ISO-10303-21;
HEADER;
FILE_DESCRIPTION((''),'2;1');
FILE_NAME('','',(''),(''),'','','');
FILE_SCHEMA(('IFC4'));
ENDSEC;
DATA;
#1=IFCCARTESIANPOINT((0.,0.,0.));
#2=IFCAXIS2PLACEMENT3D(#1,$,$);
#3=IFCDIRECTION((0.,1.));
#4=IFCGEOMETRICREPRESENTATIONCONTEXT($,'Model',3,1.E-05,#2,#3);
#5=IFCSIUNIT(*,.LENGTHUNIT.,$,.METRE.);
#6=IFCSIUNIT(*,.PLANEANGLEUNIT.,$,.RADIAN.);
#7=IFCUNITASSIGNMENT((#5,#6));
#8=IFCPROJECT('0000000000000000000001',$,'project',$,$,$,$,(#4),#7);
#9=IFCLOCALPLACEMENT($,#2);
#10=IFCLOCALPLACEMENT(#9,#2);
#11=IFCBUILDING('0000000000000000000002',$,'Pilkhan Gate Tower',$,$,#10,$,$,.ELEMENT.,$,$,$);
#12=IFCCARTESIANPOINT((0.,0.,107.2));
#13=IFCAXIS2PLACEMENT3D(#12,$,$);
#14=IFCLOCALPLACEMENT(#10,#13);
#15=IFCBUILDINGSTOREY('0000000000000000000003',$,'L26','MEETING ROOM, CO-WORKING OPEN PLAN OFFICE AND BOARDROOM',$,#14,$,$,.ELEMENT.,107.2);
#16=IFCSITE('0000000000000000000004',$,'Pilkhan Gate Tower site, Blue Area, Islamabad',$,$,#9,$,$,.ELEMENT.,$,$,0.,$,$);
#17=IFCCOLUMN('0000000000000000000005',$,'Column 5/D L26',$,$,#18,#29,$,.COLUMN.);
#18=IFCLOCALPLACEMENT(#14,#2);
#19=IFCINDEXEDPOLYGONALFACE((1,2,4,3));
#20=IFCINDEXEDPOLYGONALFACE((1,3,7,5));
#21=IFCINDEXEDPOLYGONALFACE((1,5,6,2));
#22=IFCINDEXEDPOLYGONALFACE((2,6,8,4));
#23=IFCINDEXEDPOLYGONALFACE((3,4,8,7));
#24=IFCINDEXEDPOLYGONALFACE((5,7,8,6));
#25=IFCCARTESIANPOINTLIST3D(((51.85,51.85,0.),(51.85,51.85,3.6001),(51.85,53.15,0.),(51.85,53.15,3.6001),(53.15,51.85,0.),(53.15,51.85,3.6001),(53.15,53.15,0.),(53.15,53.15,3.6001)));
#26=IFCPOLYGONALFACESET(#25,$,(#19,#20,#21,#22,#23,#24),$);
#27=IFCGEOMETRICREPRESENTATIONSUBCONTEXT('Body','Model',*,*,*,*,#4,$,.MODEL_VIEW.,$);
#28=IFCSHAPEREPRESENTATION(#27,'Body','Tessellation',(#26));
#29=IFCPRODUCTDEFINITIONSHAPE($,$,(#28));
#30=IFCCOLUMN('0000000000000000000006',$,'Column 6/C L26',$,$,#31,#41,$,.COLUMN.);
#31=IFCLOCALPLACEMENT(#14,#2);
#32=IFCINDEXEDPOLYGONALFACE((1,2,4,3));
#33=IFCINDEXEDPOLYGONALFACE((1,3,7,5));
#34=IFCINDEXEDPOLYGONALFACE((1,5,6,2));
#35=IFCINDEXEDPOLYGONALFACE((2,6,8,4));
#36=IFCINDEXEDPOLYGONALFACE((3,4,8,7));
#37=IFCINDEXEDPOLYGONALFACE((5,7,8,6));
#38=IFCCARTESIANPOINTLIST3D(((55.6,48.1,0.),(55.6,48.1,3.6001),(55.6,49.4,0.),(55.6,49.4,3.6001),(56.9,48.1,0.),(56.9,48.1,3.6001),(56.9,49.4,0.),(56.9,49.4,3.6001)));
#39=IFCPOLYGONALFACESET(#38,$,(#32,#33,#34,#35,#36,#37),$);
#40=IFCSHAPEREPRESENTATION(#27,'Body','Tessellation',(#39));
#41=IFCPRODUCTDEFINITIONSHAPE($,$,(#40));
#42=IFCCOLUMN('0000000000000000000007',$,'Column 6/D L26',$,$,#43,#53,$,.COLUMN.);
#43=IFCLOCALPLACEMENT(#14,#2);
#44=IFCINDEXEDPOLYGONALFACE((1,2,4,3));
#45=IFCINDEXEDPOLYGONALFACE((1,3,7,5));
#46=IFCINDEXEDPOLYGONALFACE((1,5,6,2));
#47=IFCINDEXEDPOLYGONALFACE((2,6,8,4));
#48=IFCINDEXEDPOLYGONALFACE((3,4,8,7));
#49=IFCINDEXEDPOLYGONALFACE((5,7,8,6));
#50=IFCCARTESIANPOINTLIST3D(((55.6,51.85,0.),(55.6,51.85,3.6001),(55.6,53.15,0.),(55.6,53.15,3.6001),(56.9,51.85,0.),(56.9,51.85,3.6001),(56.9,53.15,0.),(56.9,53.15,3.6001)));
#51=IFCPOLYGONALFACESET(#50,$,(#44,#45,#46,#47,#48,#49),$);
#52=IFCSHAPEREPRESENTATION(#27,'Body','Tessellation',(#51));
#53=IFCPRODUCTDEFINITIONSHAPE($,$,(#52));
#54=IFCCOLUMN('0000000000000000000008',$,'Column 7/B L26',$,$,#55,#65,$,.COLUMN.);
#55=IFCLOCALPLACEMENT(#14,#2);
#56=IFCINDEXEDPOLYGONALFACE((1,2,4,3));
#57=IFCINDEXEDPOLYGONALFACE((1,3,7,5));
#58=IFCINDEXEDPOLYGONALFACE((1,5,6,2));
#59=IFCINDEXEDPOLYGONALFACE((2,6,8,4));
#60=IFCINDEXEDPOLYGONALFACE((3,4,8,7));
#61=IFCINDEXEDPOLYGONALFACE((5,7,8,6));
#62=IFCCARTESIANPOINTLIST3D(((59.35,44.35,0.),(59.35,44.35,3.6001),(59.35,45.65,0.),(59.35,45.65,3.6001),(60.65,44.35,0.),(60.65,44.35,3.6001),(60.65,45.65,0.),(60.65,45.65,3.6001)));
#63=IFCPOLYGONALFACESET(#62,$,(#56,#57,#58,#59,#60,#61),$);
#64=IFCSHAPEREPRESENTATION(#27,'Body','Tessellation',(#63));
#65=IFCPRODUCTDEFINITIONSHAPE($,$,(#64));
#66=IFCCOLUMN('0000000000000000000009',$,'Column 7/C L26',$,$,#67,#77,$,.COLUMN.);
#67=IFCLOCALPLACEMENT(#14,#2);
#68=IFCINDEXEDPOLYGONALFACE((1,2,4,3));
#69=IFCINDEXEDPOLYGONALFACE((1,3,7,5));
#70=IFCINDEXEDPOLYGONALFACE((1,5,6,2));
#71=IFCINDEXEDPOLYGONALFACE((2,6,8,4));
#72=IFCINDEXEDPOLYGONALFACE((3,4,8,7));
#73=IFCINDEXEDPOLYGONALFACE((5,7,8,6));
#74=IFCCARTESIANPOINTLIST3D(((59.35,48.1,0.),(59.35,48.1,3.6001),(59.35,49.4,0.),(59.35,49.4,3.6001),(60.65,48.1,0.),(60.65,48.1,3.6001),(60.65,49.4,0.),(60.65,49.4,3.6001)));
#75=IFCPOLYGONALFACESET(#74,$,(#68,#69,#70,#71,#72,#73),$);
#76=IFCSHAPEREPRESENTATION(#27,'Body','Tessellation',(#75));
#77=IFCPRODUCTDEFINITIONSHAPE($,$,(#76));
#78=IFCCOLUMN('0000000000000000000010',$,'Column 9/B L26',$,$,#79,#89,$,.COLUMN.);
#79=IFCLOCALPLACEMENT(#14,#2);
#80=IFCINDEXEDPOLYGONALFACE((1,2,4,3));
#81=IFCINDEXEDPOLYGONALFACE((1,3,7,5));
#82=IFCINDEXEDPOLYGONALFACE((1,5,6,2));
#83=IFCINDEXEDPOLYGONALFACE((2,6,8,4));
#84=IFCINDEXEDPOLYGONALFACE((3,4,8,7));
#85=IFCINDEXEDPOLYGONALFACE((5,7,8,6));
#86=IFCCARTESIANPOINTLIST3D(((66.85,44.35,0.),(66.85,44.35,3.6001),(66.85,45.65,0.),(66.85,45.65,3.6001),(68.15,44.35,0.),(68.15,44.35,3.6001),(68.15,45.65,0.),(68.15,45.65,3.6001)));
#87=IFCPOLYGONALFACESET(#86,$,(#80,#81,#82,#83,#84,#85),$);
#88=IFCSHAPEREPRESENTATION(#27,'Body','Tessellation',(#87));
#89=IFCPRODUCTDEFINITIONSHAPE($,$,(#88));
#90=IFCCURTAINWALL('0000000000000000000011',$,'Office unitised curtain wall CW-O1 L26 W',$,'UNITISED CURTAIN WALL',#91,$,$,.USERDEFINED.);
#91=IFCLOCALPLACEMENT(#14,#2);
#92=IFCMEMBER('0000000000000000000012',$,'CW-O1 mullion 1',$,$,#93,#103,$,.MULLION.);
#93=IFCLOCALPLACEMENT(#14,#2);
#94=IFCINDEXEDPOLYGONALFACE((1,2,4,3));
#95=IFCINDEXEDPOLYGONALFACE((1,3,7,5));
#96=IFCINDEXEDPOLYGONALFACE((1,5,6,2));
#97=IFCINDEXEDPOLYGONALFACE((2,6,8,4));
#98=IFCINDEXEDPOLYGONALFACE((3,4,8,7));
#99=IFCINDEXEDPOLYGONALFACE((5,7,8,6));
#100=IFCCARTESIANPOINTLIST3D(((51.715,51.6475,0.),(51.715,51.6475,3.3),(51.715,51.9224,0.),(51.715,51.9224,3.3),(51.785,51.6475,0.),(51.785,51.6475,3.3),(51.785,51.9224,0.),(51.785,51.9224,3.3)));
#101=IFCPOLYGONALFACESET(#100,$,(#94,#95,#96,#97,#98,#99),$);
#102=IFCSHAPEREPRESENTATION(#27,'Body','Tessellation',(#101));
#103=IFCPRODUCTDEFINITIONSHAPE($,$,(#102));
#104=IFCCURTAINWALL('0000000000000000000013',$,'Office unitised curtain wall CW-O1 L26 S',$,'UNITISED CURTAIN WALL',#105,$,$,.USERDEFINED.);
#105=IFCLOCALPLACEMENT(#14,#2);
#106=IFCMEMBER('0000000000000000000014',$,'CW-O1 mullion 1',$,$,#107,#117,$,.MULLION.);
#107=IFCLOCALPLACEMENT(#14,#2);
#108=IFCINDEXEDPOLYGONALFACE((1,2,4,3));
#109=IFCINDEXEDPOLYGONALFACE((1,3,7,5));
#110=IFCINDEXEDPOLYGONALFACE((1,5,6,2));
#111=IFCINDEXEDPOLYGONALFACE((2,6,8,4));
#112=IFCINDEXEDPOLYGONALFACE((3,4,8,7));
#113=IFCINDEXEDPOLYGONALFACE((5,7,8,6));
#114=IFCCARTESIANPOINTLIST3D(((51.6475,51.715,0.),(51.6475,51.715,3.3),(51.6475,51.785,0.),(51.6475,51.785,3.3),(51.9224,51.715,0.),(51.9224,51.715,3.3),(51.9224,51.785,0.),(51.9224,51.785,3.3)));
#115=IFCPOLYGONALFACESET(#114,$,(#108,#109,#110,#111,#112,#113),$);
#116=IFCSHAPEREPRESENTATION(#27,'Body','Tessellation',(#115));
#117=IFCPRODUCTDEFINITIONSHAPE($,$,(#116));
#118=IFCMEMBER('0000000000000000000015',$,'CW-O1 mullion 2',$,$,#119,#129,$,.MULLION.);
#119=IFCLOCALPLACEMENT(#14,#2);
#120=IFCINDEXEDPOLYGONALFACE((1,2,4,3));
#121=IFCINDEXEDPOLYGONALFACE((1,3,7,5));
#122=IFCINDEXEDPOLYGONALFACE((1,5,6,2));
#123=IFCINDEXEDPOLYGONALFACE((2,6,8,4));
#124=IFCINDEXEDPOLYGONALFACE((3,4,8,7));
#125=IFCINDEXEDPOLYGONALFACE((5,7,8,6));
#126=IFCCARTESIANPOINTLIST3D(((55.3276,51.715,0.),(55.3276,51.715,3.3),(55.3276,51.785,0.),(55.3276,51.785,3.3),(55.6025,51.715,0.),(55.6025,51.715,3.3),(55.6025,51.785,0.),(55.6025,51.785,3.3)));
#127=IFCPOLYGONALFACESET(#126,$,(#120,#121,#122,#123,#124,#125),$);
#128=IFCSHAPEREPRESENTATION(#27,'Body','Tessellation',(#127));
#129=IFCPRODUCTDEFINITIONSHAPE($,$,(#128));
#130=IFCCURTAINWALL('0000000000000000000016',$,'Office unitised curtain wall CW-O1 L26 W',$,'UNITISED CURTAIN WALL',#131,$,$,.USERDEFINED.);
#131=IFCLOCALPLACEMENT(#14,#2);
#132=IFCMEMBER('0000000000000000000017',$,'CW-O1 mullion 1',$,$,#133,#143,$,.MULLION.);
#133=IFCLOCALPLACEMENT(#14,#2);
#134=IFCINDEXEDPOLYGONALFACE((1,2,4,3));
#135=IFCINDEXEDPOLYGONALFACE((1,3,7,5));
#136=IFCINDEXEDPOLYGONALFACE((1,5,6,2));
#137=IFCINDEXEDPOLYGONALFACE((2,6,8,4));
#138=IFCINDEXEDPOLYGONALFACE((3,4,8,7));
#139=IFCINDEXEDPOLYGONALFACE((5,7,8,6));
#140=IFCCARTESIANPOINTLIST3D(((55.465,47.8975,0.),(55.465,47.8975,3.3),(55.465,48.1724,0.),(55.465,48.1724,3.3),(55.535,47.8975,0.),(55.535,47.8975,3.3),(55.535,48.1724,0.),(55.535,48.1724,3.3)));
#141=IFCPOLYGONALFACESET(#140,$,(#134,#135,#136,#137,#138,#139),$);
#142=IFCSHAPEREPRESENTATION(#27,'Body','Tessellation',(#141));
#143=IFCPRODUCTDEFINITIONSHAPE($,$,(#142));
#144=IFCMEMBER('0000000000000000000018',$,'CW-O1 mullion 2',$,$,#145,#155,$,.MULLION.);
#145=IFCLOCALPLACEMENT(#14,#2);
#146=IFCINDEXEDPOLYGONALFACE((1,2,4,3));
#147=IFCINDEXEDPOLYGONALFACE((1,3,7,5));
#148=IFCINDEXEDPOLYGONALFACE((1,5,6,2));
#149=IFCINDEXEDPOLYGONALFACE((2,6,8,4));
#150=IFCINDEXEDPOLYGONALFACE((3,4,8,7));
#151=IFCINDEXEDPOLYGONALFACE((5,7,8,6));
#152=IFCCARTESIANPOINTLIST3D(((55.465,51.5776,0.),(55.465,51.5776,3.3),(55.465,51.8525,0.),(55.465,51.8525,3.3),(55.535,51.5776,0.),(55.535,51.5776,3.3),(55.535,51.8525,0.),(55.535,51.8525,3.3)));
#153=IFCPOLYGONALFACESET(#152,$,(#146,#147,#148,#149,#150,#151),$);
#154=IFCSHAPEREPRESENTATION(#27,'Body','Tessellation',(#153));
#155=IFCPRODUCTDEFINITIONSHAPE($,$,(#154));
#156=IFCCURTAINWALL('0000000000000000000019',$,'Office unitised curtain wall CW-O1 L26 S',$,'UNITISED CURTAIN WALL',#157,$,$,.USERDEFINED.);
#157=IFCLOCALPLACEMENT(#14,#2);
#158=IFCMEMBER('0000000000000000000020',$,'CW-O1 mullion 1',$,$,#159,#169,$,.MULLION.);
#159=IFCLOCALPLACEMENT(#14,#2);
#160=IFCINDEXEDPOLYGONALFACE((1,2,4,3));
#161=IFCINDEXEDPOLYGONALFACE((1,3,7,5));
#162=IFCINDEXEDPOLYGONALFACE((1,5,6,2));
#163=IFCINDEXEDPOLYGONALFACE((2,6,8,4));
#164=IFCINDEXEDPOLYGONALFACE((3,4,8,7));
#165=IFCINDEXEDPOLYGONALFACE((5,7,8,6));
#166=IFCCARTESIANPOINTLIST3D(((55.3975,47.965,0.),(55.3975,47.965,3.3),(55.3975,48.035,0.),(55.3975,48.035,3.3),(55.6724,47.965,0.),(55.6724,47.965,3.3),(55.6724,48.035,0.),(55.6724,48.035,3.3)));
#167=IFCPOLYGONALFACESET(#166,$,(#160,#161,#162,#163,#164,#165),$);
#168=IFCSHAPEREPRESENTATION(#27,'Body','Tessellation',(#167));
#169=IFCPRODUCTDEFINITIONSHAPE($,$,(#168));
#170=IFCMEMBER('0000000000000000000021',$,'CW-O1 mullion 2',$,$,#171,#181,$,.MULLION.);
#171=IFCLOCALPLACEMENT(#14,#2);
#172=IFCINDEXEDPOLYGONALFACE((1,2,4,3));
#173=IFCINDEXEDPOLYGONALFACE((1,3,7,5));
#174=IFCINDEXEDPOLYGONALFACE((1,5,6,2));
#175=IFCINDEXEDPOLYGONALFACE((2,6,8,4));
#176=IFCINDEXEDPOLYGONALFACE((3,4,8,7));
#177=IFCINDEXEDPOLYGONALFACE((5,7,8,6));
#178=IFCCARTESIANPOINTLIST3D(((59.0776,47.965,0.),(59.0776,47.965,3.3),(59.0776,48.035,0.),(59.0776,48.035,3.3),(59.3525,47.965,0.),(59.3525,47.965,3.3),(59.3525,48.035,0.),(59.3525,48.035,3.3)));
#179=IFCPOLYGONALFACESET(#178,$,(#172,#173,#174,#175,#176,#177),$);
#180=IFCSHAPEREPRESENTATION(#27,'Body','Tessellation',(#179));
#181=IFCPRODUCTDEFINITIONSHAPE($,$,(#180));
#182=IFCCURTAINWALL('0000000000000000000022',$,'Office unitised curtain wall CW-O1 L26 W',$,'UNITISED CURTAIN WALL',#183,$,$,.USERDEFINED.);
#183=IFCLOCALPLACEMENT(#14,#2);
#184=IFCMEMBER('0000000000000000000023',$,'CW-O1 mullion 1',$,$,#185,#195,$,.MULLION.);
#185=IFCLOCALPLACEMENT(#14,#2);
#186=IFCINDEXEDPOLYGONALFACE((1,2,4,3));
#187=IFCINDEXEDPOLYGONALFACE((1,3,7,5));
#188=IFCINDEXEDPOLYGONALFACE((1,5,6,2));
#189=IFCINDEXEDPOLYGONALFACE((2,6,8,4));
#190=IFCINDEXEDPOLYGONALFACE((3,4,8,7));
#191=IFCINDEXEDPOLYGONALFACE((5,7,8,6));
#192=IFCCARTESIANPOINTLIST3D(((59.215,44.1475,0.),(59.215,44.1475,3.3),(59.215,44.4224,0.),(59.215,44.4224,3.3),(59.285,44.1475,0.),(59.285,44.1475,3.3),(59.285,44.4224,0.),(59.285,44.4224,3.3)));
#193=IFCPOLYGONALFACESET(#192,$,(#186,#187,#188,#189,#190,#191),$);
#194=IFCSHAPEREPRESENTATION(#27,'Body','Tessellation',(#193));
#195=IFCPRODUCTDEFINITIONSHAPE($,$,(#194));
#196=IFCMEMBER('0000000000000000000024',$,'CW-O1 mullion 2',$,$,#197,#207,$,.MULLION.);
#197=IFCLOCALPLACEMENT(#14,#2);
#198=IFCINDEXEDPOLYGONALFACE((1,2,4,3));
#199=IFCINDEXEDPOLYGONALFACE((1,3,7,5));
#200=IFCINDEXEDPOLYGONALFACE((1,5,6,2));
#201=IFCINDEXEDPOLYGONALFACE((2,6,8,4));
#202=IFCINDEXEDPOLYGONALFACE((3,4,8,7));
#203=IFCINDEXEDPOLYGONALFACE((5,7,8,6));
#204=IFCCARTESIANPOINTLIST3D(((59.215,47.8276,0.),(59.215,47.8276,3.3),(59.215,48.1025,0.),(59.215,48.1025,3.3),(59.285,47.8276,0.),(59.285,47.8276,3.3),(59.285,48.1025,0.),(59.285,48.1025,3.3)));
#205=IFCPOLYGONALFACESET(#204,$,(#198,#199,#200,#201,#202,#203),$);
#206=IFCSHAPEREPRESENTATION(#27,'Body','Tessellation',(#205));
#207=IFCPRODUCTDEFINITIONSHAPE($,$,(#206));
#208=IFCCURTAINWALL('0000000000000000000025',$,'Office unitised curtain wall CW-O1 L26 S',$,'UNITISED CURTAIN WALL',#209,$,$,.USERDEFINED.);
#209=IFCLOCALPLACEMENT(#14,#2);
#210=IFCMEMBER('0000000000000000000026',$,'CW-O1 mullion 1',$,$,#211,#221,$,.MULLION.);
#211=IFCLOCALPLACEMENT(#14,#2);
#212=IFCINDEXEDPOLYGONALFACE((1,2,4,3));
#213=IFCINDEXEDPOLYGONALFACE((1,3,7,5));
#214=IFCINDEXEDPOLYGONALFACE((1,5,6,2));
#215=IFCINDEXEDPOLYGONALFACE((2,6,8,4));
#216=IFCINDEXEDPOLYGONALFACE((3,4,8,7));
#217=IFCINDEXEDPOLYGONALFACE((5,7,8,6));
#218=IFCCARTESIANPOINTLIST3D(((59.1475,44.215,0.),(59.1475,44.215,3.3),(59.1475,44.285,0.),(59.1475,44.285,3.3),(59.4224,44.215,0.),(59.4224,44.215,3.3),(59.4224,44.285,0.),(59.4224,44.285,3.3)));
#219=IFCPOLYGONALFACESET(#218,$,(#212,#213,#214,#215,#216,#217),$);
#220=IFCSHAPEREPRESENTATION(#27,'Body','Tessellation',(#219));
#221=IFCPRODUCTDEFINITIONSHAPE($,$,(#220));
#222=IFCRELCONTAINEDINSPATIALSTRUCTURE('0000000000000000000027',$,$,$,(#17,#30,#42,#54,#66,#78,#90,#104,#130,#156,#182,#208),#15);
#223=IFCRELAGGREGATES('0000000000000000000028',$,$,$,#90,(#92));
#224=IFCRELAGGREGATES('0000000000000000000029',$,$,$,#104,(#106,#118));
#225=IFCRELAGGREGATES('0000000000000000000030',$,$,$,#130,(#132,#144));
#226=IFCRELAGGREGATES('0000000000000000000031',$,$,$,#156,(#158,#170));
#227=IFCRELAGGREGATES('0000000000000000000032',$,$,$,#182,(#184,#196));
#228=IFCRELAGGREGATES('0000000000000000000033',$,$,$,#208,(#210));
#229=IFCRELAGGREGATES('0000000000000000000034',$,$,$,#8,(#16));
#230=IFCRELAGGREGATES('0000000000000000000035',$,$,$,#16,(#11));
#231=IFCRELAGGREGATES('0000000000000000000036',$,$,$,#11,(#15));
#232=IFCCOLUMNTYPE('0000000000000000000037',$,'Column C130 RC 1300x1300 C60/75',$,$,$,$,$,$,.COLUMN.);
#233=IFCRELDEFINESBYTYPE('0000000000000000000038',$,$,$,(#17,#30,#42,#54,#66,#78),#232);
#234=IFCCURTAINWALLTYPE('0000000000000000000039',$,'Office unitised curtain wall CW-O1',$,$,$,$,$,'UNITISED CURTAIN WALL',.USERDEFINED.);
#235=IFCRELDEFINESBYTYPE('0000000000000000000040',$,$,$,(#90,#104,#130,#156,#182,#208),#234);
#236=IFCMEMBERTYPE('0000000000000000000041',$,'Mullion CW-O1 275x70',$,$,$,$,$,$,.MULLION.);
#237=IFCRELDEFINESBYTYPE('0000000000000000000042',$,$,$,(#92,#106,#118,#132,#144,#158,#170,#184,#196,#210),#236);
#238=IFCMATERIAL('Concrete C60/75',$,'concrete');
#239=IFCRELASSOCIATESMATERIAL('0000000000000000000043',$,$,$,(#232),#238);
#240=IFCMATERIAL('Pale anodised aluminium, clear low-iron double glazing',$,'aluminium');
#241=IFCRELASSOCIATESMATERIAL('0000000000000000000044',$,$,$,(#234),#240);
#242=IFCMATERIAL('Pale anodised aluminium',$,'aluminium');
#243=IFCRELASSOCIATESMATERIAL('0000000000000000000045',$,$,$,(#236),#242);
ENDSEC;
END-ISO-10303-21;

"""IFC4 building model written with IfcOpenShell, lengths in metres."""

from ifc_helpers import new_model, si_unit, direction, frame, origin, origin_2d, place, context, subcontext, project, spatial, rectangle, extrude, material, material_profile, profile_set, type_object, element, aggregate, save


model = new_model("IFC4")

# Units and contexts
model_context = context("Model", 3, precision=1e-05, world=origin(), true_north=direction((0.0, 1.0)))
body_context = subcontext(model_context, "Body", "Model", "MODEL_VIEW")
ifc_project = project(units=[si_unit("LENGTHUNIT", "METRE"), si_unit("PLANEANGLEUNIT", "RADIAN")], contexts=[model_context])

# Site, building, storey
site_placement = place(None, origin())
site = spatial("IfcSite", under=ifc_project, at=site_placement, Name="Pilkhan Gate Tower site, Blue Area, Islamabad", CompositionType="ELEMENT", RefElevation=0.0)
building_placement = place(site_placement, origin())
building = spatial("IfcBuilding", under=site, at=building_placement, Name="Pilkhan Gate Tower", CompositionType="ELEMENT")
storey_placement = place(building_placement, frame((0.0, 0.0, 107.2)))
storey = spatial("IfcBuildingStorey", under=building, at=storey_placement, Name="L26", Description="MEETING ROOM, CO-WORKING OPEN PLAN OFFICE AND BOARDROOM", CompositionType="ELEMENT", Elevation=107.2)

# Columns
ifc_material_1 = material(Name="Concrete C60/75", Category="concrete")
ifc_material_profile_1 = material_profile(ifc_material_1, rectangle(XDim=1.3, YDim=1.3, at=origin_2d()), Name="RC 1300x1300")
ifc_profile_set_1 = profile_set([ifc_material_profile_1], Name="Concrete C60/75")
column_type = type_object("IfcColumnType", Name="Column C130 RC 1300x1300 C60/75", PredefinedType="COLUMN", material=ifc_profile_set_1)
for number, where, z_axis, x_axis, name in (
    (1, (52.5, 52.5, 0.0), (0.0, 0.0, 1.0), (1.0, 0.0, 0.0), "Column 5/D L26"),
    (2, (56.25, 48.75, 0.0), (0.0, 0.0, 1.0), (1.0, 0.0, 0.0), "Column 6/C L26"),
    (3, (56.25, 52.5, 0.0), (0.0, 0.0, 1.0), (1.0, 0.0, 0.0), "Column 6/D L26"),
    (4, (60.0, 45.0, 0.0), (0.0, 0.0, 1.0), (1.0, 0.0, 0.0), "Column 7/B L26"),
    (5, (60.0, 48.75, 0.0), (0.0, 0.0, 1.0), (1.0, 0.0, 0.0), "Column 7/C L26"),
    (6, (67.5, 45.0, 0.0), (0.0, 0.0, 1.0), (1.0, 0.0, 0.0), "Column 9/B L26"),
):
    element("IfcColumn", number, at=place(storey_placement, frame(where, z_axis=z_axis, x_axis=x_axis)), inside=storey, type_object=column_type, Name=name, PredefinedType="COLUMN", context=body_context, shape_type="SweptSolid", body=[
        extrude(rectangle(XDim=1.3, YDim=1.3, at=origin_2d()), origin(), (0.0, 0.0, 1.0), 3.6001),
    ])

# Curtain wall, member
ifc_material_2 = material(Name="Pale anodised aluminium, clear low-iron double glazing", Category="aluminium")
curtain_wall_type = type_object("IfcCurtainWallType", Name="Office unitised curtain wall CW-O1", ElementType="UNITISED CURTAIN WALL", PredefinedType="USERDEFINED", material=ifc_material_2)
curtain_wall_1_placement = place(storey_placement, origin())
curtain_wall_1 = element("IfcCurtainWall", 7, at=curtain_wall_1_placement, inside=storey, type_object=curtain_wall_type, Name="Office unitised curtain wall CW-O1 L26 W", ObjectType="UNITISED CURTAIN WALL", PredefinedType="USERDEFINED")
ifc_material_3 = material(Name="Pale anodised aluminium", Category="aluminium")
ifc_material_profile_2 = material_profile(ifc_material_3, rectangle(XDim=0.0701, YDim=0.2749, at=origin_2d()), Name="Mullion 275x70")
ifc_profile_set_2 = profile_set([ifc_material_profile_2], Name="Pale anodised aluminium")
member_type_1 = type_object("IfcMemberType", Name="Mullion CW-O1 275x70", PredefinedType="MULLION", material=ifc_profile_set_2)
member_1_placement = place(storey_placement, frame((51.75, 51.7849, 0.0), z_axis=(0.0, 0.0, 1.0), x_axis=(-1.0, 0.0, 0.0)))
member_1 = element("IfcMember", 8, at=member_1_placement, type_object=member_type_1, Name="CW-O1 mullion 1", PredefinedType="MULLION", context=body_context, shape_type="SweptSolid", body=[
    extrude(rectangle(XDim=0.0701, YDim=0.2749, at=origin_2d()), origin(), (0.0, 0.0, 1.0), 3.3),
])

# Curtain walls, members
curtain_wall_2_placement = place(storey_placement, origin())
curtain_wall_2 = element("IfcCurtainWall", 9, at=curtain_wall_2_placement, inside=storey, type_object=curtain_wall_type, Name="Office unitised curtain wall CW-O1 L26 S", ObjectType="UNITISED CURTAIN WALL", PredefinedType="USERDEFINED")
member_2_placement = place(storey_placement, frame((51.7849, 51.75, 0.0), z_axis=(0.0, 0.0, 1.0), x_axis=(0.0, 1.0, 0.0)))
member_2 = element("IfcMember", 10, at=member_2_placement, type_object=member_type_1, Name="CW-O1 mullion 1", PredefinedType="MULLION", context=body_context, shape_type="SweptSolid", body=[
    extrude(rectangle(XDim=0.0701, YDim=0.2749, at=origin_2d()), origin(), (0.0, 0.0, 1.0), 3.3),
])
member_3_placement = place(storey_placement, frame((55.4651, 51.75, 0.0), z_axis=(0.0, 0.0, 1.0), x_axis=(0.0, 1.0, 0.0)))
member_3 = element("IfcMember", 11, at=member_3_placement, type_object=member_type_1, Name="CW-O1 mullion 2", PredefinedType="MULLION", context=body_context, shape_type="SweptSolid", body=[
    extrude(rectangle(XDim=0.0701, YDim=0.2749, at=origin_2d()), origin(), (0.0, 0.0, 1.0), 3.3),
])
curtain_wall_3_placement = place(storey_placement, origin())
curtain_wall_3 = element("IfcCurtainWall", 12, at=curtain_wall_3_placement, inside=storey, type_object=curtain_wall_type, Name="Office unitised curtain wall CW-O1 L26 W", ObjectType="UNITISED CURTAIN WALL", PredefinedType="USERDEFINED")
member_4_placement = place(storey_placement, frame((55.5, 48.0349, 0.0), z_axis=(0.0, 0.0, 1.0), x_axis=(-1.0, 0.0, 0.0)))
member_4 = element("IfcMember", 13, at=member_4_placement, type_object=member_type_1, Name="CW-O1 mullion 1", PredefinedType="MULLION", context=body_context, shape_type="SweptSolid", body=[
    extrude(rectangle(XDim=0.0701, YDim=0.2749, at=origin_2d()), origin(), (0.0, 0.0, 1.0), 3.3),
])
member_5_placement = place(storey_placement, frame((55.5, 51.7151, 0.0), z_axis=(0.0, 0.0, 1.0), x_axis=(-1.0, 0.0, 0.0)))
member_5 = element("IfcMember", 14, at=member_5_placement, type_object=member_type_1, Name="CW-O1 mullion 2", PredefinedType="MULLION", context=body_context, shape_type="SweptSolid", body=[
    extrude(rectangle(XDim=0.0701, YDim=0.2749, at=origin_2d()), origin(), (0.0, 0.0, 1.0), 3.3),
])
curtain_wall_4_placement = place(storey_placement, origin())
curtain_wall_4 = element("IfcCurtainWall", 15, at=curtain_wall_4_placement, inside=storey, type_object=curtain_wall_type, Name="Office unitised curtain wall CW-O1 L26 S", ObjectType="UNITISED CURTAIN WALL", PredefinedType="USERDEFINED")
member_6_placement = place(storey_placement, frame((55.5349, 48.0, 0.0), z_axis=(0.0, 0.0, 1.0), x_axis=(0.0, 1.0, 0.0)))
member_6 = element("IfcMember", 16, at=member_6_placement, type_object=member_type_1, Name="CW-O1 mullion 1", PredefinedType="MULLION", context=body_context, shape_type="SweptSolid", body=[
    extrude(rectangle(XDim=0.0701, YDim=0.2749, at=origin_2d()), origin(), (0.0, 0.0, 1.0), 3.3),
])
member_7_placement = place(storey_placement, frame((59.2151, 48.0, 0.0), z_axis=(0.0, 0.0, 1.0), x_axis=(0.0, 1.0, 0.0)))
member_7 = element("IfcMember", 17, at=member_7_placement, type_object=member_type_1, Name="CW-O1 mullion 2", PredefinedType="MULLION", context=body_context, shape_type="SweptSolid", body=[
    extrude(rectangle(XDim=0.0701, YDim=0.2749, at=origin_2d()), origin(), (0.0, 0.0, 1.0), 3.3),
])
curtain_wall_5_placement = place(storey_placement, origin())
curtain_wall_5 = element("IfcCurtainWall", 18, at=curtain_wall_5_placement, inside=storey, type_object=curtain_wall_type, Name="Office unitised curtain wall CW-O1 L26 W", ObjectType="UNITISED CURTAIN WALL", PredefinedType="USERDEFINED")
member_8_placement = place(storey_placement, frame((59.25, 44.2849, 0.0), z_axis=(0.0, 0.0, 1.0), x_axis=(-1.0, 0.0, 0.0)))
member_8 = element("IfcMember", 19, at=member_8_placement, type_object=member_type_1, Name="CW-O1 mullion 1", PredefinedType="MULLION", context=body_context, shape_type="SweptSolid", body=[
    extrude(rectangle(XDim=0.0701, YDim=0.2749, at=origin_2d()), origin(), (0.0, 0.0, 1.0), 3.3),
])
member_9_placement = place(storey_placement, frame((59.25, 47.9651, 0.0), z_axis=(0.0, 0.0, 1.0), x_axis=(-1.0, 0.0, 0.0)))
member_9 = element("IfcMember", 20, at=member_9_placement, type_object=member_type_1, Name="CW-O1 mullion 2", PredefinedType="MULLION", context=body_context, shape_type="SweptSolid", body=[
    extrude(rectangle(XDim=0.0701, YDim=0.2749, at=origin_2d()), origin(), (0.0, 0.0, 1.0), 3.3),
])
curtain_wall_6_placement = place(storey_placement, origin())
curtain_wall_6 = element("IfcCurtainWall", 21, at=curtain_wall_6_placement, inside=storey, type_object=curtain_wall_type, Name="Office unitised curtain wall CW-O1 L26 S", ObjectType="UNITISED CURTAIN WALL", PredefinedType="USERDEFINED")
member_10_placement = place(storey_placement, frame((59.2849, 44.25, 0.0), z_axis=(0.0, 0.0, 1.0), x_axis=(0.0, 1.0, 0.0)))
member_10 = element("IfcMember", 22, at=member_10_placement, type_object=member_type_1, Name="CW-O1 mullion 1", PredefinedType="MULLION", context=body_context, shape_type="SweptSolid", body=[
    extrude(rectangle(XDim=0.0701, YDim=0.2749, at=origin_2d()), origin(), (0.0, 0.0, 1.0), 3.3),
])

aggregate(curtain_wall_1, [member_1])

aggregate(curtain_wall_2, [member_2, member_3])
aggregate(curtain_wall_3, [member_4, member_5])
aggregate(curtain_wall_4, [member_6, member_7])
aggregate(curtain_wall_5, [member_8, member_9])
aggregate(curtain_wall_6, [member_10])

save(model, "model.ifc")
